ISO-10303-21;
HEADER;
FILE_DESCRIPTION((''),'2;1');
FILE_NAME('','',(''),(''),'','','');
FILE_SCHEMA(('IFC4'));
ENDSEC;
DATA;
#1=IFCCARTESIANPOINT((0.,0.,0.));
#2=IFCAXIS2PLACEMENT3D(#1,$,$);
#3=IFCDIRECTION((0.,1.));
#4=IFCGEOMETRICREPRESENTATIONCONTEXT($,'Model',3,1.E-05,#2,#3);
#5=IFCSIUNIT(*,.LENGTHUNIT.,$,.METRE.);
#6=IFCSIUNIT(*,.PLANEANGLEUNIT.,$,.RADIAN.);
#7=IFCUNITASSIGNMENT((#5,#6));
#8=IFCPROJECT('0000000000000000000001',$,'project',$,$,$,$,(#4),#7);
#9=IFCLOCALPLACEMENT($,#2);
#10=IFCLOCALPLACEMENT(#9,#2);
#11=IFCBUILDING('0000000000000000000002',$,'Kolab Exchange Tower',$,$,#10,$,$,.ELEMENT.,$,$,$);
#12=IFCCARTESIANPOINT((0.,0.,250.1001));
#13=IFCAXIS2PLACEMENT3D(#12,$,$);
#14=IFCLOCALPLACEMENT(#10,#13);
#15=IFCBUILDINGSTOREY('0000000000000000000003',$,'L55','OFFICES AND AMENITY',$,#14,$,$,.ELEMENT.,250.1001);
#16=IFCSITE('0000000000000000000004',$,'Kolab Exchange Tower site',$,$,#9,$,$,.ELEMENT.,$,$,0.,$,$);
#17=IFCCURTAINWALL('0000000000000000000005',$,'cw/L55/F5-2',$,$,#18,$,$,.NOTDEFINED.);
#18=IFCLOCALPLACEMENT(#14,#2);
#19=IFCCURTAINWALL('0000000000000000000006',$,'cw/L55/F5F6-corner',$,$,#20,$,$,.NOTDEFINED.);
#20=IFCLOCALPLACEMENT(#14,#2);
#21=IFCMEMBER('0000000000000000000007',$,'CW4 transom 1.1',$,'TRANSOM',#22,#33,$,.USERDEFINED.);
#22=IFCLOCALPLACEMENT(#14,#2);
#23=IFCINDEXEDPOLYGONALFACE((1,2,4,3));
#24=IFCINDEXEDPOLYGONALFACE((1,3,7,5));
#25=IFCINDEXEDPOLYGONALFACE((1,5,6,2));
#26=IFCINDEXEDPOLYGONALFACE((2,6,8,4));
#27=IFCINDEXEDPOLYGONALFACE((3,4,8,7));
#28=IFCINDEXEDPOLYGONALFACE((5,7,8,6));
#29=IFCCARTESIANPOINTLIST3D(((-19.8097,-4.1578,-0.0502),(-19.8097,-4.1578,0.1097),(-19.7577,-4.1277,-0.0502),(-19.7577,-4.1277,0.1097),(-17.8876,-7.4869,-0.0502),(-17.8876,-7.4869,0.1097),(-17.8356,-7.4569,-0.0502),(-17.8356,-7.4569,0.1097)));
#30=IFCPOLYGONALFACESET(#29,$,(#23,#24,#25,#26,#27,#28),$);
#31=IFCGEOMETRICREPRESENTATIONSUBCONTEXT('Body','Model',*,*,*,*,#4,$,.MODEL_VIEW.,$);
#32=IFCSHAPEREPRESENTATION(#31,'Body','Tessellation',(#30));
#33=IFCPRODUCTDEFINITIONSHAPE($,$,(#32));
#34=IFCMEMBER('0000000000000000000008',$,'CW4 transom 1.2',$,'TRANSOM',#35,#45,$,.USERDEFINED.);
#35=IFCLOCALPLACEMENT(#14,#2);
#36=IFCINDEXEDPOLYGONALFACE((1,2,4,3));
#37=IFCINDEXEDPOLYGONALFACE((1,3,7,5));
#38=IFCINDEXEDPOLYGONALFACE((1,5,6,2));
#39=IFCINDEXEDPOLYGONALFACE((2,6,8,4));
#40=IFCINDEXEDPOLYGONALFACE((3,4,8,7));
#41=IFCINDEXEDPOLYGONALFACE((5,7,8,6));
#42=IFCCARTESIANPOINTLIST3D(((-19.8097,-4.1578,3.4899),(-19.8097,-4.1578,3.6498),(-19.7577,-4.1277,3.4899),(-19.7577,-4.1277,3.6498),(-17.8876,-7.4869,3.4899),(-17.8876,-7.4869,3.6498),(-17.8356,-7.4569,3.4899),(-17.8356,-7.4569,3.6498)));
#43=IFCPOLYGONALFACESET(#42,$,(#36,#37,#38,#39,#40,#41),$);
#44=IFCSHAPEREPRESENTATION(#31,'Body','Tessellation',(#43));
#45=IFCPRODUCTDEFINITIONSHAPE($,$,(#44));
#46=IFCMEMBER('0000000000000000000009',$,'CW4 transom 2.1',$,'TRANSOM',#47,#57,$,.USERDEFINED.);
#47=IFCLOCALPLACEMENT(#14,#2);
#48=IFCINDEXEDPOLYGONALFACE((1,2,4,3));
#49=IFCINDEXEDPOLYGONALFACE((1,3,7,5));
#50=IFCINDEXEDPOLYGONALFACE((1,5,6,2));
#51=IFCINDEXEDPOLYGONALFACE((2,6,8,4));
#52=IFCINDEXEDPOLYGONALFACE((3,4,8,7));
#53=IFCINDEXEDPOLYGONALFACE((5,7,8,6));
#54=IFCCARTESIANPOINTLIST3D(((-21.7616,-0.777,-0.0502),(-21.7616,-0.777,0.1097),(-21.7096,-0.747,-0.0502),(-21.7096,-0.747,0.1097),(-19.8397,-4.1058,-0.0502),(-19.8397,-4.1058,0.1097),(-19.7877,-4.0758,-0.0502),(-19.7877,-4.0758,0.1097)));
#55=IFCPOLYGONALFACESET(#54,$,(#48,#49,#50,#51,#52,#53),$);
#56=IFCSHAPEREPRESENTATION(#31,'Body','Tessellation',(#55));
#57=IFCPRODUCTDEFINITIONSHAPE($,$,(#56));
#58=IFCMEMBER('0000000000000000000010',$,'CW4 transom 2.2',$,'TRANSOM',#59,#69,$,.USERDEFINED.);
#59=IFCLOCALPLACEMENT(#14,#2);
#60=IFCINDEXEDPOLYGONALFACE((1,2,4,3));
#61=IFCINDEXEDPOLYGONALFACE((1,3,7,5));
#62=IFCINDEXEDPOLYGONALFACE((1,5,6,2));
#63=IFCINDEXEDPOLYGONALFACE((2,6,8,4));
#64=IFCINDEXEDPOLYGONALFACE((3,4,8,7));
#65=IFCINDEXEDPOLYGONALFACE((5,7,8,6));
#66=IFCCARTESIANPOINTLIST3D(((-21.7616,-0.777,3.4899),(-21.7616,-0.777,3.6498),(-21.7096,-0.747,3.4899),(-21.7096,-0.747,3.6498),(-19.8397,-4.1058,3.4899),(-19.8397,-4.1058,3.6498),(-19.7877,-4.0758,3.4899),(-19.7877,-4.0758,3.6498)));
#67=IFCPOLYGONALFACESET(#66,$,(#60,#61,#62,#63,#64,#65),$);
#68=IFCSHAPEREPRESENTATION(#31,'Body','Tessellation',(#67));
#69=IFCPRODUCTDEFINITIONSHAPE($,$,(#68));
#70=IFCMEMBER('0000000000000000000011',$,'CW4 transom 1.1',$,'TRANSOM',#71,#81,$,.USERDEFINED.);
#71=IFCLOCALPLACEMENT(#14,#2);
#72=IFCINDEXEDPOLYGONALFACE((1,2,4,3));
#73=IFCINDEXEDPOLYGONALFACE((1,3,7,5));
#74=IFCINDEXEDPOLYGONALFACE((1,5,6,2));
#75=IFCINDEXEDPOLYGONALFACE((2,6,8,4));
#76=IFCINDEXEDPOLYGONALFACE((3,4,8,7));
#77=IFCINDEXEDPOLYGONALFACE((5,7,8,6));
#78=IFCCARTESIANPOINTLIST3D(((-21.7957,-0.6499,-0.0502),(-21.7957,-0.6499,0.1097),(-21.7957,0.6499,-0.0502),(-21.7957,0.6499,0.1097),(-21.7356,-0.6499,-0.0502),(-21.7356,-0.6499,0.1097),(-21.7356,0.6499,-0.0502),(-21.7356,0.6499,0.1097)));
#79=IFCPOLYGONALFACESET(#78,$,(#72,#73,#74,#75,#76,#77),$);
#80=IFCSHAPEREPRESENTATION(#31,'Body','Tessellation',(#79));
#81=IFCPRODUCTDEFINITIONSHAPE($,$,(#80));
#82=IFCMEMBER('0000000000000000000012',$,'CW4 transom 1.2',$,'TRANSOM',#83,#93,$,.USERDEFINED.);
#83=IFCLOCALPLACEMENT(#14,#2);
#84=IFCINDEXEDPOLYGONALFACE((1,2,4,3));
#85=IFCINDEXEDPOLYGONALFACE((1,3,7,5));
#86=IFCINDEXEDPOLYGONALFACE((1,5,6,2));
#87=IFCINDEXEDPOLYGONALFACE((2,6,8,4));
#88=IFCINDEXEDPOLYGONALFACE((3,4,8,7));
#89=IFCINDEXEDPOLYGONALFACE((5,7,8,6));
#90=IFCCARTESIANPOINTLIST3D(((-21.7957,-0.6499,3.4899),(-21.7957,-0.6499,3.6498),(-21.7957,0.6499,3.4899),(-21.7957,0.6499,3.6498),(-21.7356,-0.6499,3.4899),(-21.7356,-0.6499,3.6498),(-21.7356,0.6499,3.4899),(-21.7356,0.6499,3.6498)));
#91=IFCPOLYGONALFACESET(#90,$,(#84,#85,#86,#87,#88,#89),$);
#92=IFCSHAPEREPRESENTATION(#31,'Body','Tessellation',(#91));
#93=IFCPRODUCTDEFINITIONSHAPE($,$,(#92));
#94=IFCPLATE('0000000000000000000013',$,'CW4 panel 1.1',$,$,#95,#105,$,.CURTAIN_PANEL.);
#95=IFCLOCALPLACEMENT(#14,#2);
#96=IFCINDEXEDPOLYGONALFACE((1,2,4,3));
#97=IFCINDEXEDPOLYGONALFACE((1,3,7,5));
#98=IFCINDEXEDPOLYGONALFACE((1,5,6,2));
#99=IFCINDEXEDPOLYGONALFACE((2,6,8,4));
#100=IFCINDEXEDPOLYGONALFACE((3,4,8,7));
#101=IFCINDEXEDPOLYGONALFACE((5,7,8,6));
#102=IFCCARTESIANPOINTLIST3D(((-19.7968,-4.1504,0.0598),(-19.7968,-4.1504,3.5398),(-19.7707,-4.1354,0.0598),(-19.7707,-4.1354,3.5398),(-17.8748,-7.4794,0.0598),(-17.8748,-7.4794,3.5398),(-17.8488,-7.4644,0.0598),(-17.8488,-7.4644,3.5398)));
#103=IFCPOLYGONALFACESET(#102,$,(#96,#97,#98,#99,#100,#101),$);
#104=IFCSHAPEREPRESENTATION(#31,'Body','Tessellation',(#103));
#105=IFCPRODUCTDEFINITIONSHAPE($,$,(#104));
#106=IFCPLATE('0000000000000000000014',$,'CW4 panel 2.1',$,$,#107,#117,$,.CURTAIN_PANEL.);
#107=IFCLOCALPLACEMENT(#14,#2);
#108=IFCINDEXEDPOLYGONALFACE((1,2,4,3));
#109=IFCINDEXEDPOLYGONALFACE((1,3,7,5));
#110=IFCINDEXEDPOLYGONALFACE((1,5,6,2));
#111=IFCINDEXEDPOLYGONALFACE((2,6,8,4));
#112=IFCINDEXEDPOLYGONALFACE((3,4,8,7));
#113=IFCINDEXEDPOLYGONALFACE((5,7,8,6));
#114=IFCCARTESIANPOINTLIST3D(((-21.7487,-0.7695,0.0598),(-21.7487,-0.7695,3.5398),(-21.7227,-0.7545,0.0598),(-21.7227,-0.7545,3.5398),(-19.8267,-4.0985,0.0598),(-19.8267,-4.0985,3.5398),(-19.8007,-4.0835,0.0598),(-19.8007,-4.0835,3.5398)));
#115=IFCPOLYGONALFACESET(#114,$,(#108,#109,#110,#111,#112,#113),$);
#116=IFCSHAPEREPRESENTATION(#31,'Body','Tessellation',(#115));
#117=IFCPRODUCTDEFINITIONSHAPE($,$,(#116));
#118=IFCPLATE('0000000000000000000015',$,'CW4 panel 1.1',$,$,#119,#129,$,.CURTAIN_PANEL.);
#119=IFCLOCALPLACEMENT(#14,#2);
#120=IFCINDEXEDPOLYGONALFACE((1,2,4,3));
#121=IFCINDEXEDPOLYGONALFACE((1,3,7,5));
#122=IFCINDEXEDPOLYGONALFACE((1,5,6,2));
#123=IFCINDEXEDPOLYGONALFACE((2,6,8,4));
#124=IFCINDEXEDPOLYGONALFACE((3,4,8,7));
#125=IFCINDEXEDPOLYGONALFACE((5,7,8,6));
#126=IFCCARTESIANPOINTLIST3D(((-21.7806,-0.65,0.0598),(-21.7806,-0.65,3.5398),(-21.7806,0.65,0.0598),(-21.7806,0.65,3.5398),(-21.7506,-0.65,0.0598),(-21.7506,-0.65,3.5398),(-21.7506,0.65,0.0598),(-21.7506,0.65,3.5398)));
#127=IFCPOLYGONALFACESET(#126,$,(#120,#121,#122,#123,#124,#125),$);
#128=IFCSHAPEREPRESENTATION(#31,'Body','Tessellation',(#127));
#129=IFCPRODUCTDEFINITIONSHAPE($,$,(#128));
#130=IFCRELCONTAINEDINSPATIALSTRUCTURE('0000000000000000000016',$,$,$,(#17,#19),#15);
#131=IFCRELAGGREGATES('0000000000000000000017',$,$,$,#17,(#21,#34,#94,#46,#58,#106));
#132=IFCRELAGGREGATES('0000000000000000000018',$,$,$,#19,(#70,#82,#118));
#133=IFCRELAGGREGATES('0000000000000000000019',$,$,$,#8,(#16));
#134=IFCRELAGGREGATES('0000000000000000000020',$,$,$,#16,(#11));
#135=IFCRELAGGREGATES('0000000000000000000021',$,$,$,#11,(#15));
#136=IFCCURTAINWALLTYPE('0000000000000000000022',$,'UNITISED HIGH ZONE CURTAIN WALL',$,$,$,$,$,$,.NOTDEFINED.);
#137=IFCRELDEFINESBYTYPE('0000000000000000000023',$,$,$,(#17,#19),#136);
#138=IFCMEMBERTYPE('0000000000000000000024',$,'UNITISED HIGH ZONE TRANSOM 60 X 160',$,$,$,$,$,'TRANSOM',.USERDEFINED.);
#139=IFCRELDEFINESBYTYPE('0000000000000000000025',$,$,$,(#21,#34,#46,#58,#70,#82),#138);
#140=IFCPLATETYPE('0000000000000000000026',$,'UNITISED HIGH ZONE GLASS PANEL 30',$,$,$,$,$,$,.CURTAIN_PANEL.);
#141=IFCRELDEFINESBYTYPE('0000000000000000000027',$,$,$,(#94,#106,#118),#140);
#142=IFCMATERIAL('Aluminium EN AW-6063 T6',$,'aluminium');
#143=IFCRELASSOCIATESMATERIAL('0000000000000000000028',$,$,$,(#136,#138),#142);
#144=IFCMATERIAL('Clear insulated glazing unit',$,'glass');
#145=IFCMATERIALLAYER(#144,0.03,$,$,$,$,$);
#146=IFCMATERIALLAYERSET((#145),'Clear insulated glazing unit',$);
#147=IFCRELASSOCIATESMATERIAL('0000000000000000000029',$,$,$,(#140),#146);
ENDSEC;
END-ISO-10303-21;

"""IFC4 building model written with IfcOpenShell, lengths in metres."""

from ifc_helpers import new_model, si_unit, direction, frame, origin, origin_2d, place, context, subcontext, project, spatial, rectangle, extrude, material, layer, layer_set, material_profile, profile_set, type_object, element, aggregate, save


model = new_model("IFC4")

# Units and contexts
model_context = context("Model", 3, precision=1e-05, world=origin(), true_north=direction((0.0, 1.0)))
body_context = subcontext(model_context, "Body", "Model", "MODEL_VIEW")
ifc_project = project(units=[si_unit("LENGTHUNIT", "METRE"), si_unit("PLANEANGLEUNIT", "RADIAN")], contexts=[model_context])

# Site, building, storey
site_placement = place(None, origin())
site = spatial("IfcSite", under=ifc_project, at=site_placement, Name="Kolab Exchange Tower site", CompositionType="ELEMENT", RefElevation=0.0)
building_placement = place(site_placement, origin())
building = spatial("IfcBuilding", under=site, at=building_placement, Name="Kolab Exchange Tower", CompositionType="ELEMENT")
storey_placement = place(building_placement, frame((0.0, 0.0, 250.1001)))
storey = spatial("IfcBuildingStorey", under=building, at=storey_placement, Name="L55", Description="OFFICES AND AMENITY", CompositionType="ELEMENT", Elevation=250.1001)

# Curtain wall
ifc_material_1 = material(Name="Aluminium EN AW-6063 T6", Category="aluminium")
curtain_wall_type = type_object("IfcCurtainWallType", Name="UNITISED HIGH ZONE CURTAIN WALL", PredefinedType="NOTDEFINED", material=ifc_material_1)
curtain_wall_1_placement = place(storey_placement, origin())
curtain_wall_1 = element("IfcCurtainWall", 1, at=curtain_wall_1_placement, inside=storey, type_object=curtain_wall_type, Name="cw/L55/F5-2", PredefinedType="NOTDEFINED")

# Curtain wall
curtain_wall_2_placement = place(storey_placement, origin())
curtain_wall_2 = element("IfcCurtainWall", 2, at=curtain_wall_2_placement, inside=storey, type_object=curtain_wall_type, Name="cw/L55/F5F6-corner", PredefinedType="NOTDEFINED")

# Members
ifc_material_profile_1 = material_profile(ifc_material_1, rectangle(XDim=0.0601, YDim=0.1599, at=origin_2d()), Name="RECT 60X160")
ifc_profile_set_1 = profile_set([ifc_material_profile_1], Name="Aluminium EN AW-6063 T6")
member_type_1 = type_object("IfcMemberType", Name="UNITISED HIGH ZONE TRANSOM 60 X 160", ElementType="TRANSOM", PredefinedType="USERDEFINED", material=ifc_profile_set_1)
member_1_placement = place(storey_placement, frame((-17.8616, -7.4719, 0.0298), z_axis=(-0.500012, 0.866018, 0.0), x_axis=(-0.866018, -0.500012, 0.0)))
member_1 = element("IfcMember", 3, at=member_1_placement, type_object=member_type_1, Name="CW4 transom 1.1", ObjectType="TRANSOM", PredefinedType="USERDEFINED", context=body_context, shape_type="SweptSolid", body=[
    extrude(rectangle(XDim=0.0601, YDim=0.1599, at=origin_2d()), origin(), (0.0, 0.0, 1.0), 3.8442),
])
member_2_placement = place(storey_placement, frame((-17.8616, -7.4719, 3.5698), z_axis=(-0.500012, 0.866018, 0.0), x_axis=(-0.866018, -0.500012, 0.0)))
member_2 = element("IfcMember", 4, at=member_2_placement, type_object=member_type_1, Name="CW4 transom 1.2", ObjectType="TRANSOM", PredefinedType="USERDEFINED", context=body_context, shape_type="SweptSolid", body=[
    extrude(rectangle(XDim=0.0601, YDim=0.1599, at=origin_2d()), origin(), (0.0, 0.0, 1.0), 3.8442),
])
member_3_placement = place(storey_placement, frame((-19.8137, -4.0908, 0.0298), z_axis=(-0.499992, 0.86603, 0.0), x_axis=(-0.86603, -0.499992, 0.0)))
member_3 = element("IfcMember", 5, at=member_3_placement, type_object=member_type_1, Name="CW4 transom 2.1", ObjectType="TRANSOM", PredefinedType="USERDEFINED", context=body_context, shape_type="SweptSolid", body=[
    extrude(rectangle(XDim=0.0601, YDim=0.1599, at=origin_2d()), origin(), (0.0, 0.0, 1.0), 3.8438),
])
member_4_placement = place(storey_placement, frame((-19.8137, -4.0908, 3.5698), z_axis=(-0.499992, 0.86603, 0.0), x_axis=(-0.86603, -0.499992, 0.0)))
member_4 = element("IfcMember", 6, at=member_4_placement, type_object=member_type_1, Name="CW4 transom 2.2", ObjectType="TRANSOM", PredefinedType="USERDEFINED", context=body_context, shape_type="SweptSolid", body=[
    extrude(rectangle(XDim=0.0601, YDim=0.1599, at=origin_2d()), origin(), (0.0, 0.0, 1.0), 3.8438),
])
member_5_placement = place(storey_placement, frame((-21.7656, -0.6499, 0.0298), z_axis=(0.0, 1.0, 0.0), x_axis=(-1.0, 0.0, 0.0)))
member_5 = element("IfcMember", 7, at=member_5_placement, type_object=member_type_1, Name="CW4 transom 1.1", ObjectType="TRANSOM", PredefinedType="USERDEFINED", context=body_context, shape_type="SweptSolid", body=[
    extrude(rectangle(XDim=0.0601, YDim=0.1599, at=origin_2d()), origin(), (0.0, 0.0, 1.0), 1.2998),
])
member_6_placement = place(storey_placement, frame((-21.7656, -0.6499, 3.5698), z_axis=(0.0, 1.0, 0.0), x_axis=(-1.0, 0.0, 0.0)))
member_6 = element("IfcMember", 8, at=member_6_placement, type_object=member_type_1, Name="CW4 transom 1.2", ObjectType="TRANSOM", PredefinedType="USERDEFINED", context=body_context, shape_type="SweptSolid", body=[
    extrude(rectangle(XDim=0.0601, YDim=0.1599, at=origin_2d()), origin(), (0.0, 0.0, 1.0), 1.2998),
])

# Plates
ifc_material_2 = material(Name="Clear insulated glazing unit", Category="glass")
ifc_layer = layer(ifc_material_2, 0.03)
ifc_layer_set = layer_set([ifc_layer], Name="Clear insulated glazing unit")
plate_type = type_object("IfcPlateType", Name="UNITISED HIGH ZONE GLASS PANEL 30", PredefinedType="CURTAIN_PANEL", material=ifc_layer_set)
plate_1_placement = place(storey_placement, frame((-18.8228, -5.8074, 0.0598), z_axis=(0.0, 0.0, 1.0), x_axis=(-0.5, 0.866025, 0.0)))
plate_1 = element("IfcPlate", 9, at=plate_1_placement, type_object=plate_type, Name="CW4 panel 1.1", PredefinedType="CURTAIN_PANEL", context=body_context, shape_type="SweptSolid", body=[
    extrude(rectangle(XDim=3.844, YDim=0.03, at=origin_2d()), origin(), (0.0, 0.0, 1.0), 3.48),
])
plate_2_placement = place(storey_placement, frame((-20.7747, -2.4265, 0.0598), z_axis=(0.0, 0.0, 1.0), x_axis=(-0.5, 0.866025, 0.0)))
plate_2 = element("IfcPlate", 10, at=plate_2_placement, type_object=plate_type, Name="CW4 panel 2.1", PredefinedType="CURTAIN_PANEL", context=body_context, shape_type="SweptSolid", body=[
    extrude(rectangle(XDim=3.844, YDim=0.03, at=origin_2d()), origin(), (0.0, 0.0, 1.0), 3.48),
])
aggregate(curtain_wall_1, [member_1, member_2, plate_1, member_3, member_4, plate_2])
plate_3_placement = place(storey_placement, frame((-21.7656, 0.0, 0.0598), z_axis=(0.0, 0.0, 1.0), x_axis=(0.0, 1.0, 0.0)))
plate_3 = element("IfcPlate", 11, at=plate_3_placement, type_object=plate_type, Name="CW4 panel 1.1", PredefinedType="CURTAIN_PANEL", context=body_context, shape_type="SweptSolid", body=[
    extrude(rectangle(XDim=1.3, YDim=0.03, at=origin_2d()), origin(), (0.0, 0.0, 1.0), 3.48),
])
aggregate(curtain_wall_2, [member_5, member_6, plate_3])

save(model, "model.ifc")
